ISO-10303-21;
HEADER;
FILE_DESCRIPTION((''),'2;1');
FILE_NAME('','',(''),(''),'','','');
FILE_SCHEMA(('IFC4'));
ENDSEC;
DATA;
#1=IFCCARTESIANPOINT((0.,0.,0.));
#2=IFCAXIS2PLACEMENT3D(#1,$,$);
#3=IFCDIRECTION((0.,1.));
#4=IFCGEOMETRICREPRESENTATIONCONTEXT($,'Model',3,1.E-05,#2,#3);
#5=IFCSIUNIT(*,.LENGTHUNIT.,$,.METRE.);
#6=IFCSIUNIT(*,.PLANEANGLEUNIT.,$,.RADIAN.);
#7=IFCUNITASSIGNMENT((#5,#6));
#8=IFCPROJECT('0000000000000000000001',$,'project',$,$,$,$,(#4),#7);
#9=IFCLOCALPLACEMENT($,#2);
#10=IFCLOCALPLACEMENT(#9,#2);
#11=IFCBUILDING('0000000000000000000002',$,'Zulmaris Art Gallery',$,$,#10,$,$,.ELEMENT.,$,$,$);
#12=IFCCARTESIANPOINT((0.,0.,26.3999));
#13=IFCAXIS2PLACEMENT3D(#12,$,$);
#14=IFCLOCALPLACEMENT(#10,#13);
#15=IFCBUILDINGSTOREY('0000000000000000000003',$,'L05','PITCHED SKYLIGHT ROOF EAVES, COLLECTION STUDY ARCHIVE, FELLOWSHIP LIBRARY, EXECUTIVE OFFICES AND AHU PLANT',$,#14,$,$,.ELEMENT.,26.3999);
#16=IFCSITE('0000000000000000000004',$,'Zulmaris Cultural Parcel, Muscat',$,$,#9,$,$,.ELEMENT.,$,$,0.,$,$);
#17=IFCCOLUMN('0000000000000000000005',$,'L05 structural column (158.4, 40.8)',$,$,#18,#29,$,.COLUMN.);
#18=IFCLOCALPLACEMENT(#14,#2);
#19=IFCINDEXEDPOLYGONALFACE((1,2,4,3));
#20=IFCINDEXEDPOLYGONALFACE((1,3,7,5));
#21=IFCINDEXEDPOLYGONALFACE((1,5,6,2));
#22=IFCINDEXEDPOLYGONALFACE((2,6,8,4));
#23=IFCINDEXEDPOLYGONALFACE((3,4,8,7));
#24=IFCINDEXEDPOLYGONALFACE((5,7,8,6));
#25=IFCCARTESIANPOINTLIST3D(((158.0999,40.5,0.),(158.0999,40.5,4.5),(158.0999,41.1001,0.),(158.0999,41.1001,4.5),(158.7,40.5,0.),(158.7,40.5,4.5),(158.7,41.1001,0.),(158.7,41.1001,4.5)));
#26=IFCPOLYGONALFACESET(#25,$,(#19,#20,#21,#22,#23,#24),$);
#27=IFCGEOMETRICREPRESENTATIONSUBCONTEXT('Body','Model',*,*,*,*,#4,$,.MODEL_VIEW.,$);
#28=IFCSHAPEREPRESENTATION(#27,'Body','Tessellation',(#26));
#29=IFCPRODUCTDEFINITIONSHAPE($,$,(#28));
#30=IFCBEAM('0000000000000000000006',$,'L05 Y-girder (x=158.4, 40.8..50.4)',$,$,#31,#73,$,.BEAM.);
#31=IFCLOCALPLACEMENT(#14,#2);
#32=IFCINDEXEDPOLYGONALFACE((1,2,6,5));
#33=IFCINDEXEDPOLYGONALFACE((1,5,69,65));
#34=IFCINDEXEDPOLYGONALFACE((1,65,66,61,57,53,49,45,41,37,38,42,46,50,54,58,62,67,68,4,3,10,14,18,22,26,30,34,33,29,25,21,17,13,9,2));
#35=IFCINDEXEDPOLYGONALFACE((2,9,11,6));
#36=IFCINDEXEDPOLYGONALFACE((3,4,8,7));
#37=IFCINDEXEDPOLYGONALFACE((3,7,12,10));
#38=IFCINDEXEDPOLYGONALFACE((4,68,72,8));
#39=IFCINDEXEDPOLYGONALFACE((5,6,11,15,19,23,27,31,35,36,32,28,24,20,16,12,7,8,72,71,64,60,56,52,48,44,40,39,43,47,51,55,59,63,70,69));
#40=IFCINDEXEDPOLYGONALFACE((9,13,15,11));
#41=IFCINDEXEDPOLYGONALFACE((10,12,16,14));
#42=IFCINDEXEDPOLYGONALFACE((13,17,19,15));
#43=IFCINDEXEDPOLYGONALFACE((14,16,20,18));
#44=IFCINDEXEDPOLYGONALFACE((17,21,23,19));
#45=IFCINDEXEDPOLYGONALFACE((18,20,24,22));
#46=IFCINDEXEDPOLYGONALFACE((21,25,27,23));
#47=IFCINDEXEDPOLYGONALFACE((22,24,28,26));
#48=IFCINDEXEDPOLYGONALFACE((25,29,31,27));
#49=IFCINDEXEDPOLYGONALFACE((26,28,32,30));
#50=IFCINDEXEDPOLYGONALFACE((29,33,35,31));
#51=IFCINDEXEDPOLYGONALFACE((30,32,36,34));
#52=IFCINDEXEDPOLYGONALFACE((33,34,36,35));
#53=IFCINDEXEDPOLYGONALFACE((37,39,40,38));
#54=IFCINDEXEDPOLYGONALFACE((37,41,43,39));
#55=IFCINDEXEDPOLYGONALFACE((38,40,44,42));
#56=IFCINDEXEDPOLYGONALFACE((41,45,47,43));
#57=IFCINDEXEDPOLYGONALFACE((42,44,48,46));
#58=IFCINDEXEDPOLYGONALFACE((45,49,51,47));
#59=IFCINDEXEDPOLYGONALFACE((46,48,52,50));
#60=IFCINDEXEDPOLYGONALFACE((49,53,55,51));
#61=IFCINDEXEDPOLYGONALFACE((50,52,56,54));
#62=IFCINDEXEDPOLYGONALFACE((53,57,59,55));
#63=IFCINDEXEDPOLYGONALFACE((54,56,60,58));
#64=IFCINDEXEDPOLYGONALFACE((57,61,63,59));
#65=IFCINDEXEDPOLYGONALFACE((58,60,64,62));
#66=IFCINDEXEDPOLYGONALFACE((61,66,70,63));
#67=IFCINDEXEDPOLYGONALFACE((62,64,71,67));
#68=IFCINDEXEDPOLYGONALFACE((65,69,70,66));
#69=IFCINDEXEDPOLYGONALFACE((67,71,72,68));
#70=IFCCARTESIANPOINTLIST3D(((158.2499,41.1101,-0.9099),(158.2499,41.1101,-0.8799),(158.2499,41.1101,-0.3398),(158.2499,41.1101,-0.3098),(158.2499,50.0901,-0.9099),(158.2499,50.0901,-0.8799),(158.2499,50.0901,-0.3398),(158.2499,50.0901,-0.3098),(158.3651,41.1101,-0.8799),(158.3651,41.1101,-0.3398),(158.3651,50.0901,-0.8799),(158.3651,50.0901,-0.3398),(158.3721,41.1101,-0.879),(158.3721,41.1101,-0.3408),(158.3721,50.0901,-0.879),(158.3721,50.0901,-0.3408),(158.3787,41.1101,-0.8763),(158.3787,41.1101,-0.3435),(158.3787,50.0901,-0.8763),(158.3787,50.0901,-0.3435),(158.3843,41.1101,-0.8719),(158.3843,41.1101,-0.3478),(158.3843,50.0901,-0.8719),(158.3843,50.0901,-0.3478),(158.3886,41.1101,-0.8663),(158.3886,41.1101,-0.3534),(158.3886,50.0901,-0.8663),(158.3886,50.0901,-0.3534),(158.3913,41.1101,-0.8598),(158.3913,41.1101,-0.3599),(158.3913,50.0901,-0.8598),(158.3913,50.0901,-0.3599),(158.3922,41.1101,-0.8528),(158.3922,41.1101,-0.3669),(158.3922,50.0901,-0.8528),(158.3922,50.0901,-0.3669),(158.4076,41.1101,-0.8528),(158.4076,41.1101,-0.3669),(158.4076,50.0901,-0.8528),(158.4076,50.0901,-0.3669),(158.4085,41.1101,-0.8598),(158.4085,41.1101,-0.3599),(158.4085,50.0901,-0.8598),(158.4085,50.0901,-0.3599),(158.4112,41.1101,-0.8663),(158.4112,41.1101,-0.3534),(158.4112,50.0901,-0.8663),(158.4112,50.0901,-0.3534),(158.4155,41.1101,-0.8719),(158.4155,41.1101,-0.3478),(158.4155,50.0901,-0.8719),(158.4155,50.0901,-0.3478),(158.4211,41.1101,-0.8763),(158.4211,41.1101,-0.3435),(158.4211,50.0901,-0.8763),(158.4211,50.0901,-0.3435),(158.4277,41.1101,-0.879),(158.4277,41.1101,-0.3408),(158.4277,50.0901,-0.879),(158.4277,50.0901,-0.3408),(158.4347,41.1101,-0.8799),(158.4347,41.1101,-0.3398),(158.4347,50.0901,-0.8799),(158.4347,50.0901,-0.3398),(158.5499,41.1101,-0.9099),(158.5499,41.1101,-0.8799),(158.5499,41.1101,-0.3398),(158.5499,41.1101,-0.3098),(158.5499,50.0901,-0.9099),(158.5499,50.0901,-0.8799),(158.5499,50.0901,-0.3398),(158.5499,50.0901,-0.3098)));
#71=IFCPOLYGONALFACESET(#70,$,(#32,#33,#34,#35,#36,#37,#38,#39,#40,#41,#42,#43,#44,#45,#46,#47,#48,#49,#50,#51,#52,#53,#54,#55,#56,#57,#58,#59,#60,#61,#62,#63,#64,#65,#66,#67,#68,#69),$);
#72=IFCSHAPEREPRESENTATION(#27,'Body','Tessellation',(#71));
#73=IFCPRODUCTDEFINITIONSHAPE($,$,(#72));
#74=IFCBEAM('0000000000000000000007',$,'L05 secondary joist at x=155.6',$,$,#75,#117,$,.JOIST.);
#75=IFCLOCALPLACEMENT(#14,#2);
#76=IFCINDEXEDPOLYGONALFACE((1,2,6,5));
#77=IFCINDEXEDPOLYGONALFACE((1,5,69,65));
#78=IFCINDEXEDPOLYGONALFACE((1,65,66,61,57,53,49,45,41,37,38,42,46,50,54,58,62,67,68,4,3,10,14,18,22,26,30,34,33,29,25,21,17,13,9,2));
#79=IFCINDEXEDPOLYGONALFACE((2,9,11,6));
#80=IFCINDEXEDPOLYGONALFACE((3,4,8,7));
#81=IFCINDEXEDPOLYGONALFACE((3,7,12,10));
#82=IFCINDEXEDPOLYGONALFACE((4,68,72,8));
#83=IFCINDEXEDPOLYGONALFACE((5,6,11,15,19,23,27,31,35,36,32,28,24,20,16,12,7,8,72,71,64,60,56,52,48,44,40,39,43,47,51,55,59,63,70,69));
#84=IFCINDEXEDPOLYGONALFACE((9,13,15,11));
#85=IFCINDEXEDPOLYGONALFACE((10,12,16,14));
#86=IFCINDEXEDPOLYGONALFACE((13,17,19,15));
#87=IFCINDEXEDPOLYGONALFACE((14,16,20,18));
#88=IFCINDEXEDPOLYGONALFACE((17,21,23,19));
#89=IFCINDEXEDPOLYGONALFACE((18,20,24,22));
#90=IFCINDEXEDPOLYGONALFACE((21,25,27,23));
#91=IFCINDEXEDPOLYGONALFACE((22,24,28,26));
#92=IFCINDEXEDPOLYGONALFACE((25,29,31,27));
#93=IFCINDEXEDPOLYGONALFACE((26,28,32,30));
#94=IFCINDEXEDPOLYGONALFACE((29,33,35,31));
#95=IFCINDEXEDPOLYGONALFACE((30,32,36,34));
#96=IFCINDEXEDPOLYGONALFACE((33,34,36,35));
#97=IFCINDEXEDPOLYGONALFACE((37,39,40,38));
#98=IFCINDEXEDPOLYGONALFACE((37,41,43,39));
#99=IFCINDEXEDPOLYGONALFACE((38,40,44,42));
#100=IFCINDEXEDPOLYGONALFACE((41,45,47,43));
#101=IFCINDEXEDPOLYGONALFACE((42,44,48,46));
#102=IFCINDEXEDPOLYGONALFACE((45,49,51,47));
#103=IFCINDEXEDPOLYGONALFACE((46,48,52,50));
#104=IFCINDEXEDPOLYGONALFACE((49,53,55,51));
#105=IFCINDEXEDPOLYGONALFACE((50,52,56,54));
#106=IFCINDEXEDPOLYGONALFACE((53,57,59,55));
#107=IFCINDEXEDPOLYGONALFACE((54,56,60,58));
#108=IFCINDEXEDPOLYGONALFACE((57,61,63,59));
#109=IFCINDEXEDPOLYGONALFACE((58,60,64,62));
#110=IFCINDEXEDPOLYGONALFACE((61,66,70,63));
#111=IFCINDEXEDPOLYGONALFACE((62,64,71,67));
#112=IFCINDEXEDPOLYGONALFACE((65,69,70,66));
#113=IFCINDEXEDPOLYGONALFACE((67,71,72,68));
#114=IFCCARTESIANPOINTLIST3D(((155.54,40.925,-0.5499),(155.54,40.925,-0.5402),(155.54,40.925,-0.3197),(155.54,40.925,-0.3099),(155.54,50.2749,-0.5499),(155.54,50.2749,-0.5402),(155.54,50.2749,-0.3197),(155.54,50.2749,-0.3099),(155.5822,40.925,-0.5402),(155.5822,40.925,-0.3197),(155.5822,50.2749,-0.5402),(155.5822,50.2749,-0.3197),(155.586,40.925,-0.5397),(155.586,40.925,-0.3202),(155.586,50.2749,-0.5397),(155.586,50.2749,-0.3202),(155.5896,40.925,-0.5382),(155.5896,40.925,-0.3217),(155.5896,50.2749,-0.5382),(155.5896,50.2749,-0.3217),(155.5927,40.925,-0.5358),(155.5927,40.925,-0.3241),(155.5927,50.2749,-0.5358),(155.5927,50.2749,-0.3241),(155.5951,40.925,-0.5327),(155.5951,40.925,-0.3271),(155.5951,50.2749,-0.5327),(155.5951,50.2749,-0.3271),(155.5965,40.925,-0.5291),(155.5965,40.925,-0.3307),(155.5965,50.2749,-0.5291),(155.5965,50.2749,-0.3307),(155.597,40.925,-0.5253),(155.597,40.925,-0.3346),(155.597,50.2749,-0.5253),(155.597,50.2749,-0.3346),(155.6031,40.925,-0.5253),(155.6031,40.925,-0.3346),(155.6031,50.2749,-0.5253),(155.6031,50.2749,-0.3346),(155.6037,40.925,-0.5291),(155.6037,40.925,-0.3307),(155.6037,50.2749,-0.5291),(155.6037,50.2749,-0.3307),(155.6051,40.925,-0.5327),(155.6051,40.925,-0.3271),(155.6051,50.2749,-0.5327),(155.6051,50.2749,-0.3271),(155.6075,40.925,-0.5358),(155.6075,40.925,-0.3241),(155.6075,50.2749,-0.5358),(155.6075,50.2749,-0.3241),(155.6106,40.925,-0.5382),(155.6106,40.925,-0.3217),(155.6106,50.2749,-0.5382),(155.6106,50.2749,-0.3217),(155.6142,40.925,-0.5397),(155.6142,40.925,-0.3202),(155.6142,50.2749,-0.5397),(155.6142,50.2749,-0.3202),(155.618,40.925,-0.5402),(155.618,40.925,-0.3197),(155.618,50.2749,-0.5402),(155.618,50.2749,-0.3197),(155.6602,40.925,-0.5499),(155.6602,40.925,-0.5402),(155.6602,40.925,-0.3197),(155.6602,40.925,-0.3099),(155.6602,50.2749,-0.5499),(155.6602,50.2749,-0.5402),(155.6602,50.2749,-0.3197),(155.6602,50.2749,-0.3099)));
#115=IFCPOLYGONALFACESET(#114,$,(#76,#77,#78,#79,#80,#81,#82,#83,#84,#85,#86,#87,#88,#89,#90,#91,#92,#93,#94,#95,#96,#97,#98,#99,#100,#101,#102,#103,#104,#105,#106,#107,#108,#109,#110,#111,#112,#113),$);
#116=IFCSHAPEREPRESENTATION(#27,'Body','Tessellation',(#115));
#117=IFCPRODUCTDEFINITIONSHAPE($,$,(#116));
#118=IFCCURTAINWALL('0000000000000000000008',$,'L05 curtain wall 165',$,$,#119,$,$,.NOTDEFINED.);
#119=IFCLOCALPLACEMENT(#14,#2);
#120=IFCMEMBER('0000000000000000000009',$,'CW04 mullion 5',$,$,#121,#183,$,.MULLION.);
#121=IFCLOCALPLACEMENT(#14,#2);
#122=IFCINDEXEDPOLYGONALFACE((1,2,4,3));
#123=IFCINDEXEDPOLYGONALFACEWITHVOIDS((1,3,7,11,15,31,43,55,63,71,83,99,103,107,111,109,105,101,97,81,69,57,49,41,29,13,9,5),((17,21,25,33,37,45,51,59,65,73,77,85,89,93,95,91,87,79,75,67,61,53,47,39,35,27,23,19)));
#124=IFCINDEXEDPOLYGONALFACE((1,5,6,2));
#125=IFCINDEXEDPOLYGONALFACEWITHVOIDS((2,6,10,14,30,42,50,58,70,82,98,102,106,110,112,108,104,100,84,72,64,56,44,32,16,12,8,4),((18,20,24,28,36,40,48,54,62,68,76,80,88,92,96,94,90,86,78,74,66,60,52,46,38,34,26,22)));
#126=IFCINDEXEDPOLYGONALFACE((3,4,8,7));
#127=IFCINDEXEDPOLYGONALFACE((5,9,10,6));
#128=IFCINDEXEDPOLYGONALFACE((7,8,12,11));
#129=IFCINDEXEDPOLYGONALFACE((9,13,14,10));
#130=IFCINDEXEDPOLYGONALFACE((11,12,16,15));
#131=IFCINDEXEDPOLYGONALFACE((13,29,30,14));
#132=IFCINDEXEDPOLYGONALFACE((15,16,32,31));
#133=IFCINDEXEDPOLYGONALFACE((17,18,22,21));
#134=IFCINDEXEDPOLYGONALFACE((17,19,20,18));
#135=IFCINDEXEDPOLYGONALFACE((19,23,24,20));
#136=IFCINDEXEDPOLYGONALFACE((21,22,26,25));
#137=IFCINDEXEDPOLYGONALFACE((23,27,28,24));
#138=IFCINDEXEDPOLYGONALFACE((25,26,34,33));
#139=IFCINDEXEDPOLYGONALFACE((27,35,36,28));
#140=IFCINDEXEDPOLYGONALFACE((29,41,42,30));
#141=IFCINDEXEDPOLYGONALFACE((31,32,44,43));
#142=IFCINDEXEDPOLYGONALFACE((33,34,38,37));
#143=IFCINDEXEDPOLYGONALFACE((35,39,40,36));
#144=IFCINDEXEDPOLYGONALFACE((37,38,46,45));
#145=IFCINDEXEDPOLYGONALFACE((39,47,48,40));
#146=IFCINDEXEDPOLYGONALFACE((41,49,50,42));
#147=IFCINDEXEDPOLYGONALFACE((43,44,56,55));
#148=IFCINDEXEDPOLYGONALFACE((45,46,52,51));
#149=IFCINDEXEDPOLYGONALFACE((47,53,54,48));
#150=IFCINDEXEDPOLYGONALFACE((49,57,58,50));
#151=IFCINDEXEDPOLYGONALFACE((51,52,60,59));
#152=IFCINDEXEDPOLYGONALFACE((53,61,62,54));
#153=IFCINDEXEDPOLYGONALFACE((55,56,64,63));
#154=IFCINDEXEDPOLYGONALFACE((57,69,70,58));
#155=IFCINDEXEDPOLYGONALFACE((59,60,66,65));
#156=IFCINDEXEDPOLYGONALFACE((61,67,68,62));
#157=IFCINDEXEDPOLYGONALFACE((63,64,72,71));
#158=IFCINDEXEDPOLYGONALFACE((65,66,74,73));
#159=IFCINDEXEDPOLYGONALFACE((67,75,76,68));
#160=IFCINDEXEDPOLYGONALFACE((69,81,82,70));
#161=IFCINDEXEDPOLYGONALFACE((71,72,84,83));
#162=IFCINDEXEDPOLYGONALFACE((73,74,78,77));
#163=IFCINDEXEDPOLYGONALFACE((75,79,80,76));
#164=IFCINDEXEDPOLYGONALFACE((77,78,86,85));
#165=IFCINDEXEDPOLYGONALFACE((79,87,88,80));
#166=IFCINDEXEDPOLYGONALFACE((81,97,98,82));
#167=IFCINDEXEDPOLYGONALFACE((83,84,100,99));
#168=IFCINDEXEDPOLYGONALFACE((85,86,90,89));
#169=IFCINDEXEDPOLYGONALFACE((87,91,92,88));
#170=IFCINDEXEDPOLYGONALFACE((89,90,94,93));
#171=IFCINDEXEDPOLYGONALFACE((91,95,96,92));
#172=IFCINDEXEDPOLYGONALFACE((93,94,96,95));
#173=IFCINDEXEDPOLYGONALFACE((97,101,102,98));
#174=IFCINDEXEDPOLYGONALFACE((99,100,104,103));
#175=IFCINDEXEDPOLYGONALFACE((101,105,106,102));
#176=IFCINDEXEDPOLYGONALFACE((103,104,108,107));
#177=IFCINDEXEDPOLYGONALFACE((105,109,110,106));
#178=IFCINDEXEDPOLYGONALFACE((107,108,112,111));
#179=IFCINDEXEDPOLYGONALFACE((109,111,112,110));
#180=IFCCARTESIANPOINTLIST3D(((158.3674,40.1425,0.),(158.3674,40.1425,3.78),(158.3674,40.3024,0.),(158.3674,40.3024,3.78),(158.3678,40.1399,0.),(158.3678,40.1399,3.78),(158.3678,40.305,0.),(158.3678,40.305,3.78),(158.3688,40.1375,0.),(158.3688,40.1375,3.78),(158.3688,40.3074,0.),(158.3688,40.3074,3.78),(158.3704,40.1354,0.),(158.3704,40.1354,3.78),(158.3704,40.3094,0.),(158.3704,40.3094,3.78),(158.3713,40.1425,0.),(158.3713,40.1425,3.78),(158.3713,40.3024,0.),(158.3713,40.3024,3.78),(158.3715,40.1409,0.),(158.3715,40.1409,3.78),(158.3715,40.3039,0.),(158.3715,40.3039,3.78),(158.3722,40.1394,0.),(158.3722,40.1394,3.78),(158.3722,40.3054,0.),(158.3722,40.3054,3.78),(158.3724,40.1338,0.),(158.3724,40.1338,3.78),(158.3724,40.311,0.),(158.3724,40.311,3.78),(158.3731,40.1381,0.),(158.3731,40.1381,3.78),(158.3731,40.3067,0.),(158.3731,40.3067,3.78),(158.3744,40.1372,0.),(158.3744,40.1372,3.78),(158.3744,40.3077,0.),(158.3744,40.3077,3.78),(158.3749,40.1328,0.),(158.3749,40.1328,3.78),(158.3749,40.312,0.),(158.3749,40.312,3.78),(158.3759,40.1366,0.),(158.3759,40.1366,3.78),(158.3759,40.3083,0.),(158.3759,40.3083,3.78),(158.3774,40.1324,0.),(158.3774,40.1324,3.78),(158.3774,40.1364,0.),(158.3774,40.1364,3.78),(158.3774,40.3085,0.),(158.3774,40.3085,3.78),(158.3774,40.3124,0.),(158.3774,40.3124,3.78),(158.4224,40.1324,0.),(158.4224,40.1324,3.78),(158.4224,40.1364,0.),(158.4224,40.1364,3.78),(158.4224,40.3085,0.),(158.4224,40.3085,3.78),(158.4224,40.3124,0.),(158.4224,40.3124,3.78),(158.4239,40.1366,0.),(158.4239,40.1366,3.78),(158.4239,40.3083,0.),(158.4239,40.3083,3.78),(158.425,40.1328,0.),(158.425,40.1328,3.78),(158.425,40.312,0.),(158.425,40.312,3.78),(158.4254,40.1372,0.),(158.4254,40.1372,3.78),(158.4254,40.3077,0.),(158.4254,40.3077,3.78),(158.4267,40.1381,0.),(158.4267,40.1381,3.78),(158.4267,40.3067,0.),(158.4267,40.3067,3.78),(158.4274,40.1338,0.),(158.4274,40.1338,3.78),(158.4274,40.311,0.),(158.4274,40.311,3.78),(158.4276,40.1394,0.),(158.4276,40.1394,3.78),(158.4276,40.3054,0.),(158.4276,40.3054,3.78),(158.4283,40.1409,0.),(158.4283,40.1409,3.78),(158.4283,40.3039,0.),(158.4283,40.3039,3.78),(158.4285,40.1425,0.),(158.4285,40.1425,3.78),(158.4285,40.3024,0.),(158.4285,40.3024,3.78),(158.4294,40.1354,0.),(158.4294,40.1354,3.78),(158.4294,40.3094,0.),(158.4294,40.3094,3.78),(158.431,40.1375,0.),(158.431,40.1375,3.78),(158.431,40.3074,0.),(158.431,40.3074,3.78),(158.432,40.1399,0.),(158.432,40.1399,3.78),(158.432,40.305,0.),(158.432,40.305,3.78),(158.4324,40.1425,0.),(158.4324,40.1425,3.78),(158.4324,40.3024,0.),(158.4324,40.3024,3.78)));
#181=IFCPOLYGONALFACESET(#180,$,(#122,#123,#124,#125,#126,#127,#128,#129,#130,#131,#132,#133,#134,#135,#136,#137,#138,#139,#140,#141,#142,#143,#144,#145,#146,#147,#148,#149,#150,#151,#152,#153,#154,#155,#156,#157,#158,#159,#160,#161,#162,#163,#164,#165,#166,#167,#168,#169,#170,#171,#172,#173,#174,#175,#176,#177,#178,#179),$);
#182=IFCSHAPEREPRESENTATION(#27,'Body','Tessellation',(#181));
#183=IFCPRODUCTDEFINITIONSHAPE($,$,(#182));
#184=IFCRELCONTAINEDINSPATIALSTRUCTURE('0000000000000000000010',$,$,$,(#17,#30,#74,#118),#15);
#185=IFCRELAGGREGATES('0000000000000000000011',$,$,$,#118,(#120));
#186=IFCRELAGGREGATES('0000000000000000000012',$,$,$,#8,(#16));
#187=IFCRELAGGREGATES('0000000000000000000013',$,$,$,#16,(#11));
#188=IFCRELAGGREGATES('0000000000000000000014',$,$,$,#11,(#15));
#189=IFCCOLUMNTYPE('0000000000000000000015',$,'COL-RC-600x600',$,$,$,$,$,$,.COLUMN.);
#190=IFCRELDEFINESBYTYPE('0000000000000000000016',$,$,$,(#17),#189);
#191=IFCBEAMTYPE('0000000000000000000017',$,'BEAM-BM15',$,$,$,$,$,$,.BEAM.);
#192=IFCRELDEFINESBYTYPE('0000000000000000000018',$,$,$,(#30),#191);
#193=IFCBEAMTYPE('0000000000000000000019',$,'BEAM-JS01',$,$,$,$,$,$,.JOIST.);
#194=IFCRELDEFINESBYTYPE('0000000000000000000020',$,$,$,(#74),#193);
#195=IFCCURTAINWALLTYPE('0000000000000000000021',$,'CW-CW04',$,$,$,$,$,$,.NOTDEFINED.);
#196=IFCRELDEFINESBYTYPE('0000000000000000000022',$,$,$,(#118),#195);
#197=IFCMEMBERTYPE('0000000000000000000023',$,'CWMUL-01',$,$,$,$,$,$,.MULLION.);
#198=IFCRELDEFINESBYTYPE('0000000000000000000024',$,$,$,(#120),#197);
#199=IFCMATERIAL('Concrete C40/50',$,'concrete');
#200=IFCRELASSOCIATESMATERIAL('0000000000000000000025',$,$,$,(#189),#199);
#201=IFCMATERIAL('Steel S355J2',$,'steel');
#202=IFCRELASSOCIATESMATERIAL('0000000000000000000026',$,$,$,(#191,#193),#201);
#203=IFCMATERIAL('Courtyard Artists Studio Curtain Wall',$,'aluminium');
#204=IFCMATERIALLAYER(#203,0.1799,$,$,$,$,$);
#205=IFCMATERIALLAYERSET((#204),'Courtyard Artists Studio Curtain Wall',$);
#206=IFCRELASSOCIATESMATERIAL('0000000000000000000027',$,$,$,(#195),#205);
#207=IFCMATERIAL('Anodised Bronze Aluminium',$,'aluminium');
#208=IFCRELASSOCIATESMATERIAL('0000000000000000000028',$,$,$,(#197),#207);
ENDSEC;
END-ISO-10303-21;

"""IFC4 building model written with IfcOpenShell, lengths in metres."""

from ifc_helpers import new_model, si_unit, direction, frame, origin, origin_2d, place, context, subcontext, project, spatial, rectangle, hollow_rectangle, i_section, extrude, material, layer, layer_set, material_profile, profile_set, type_object, element, aggregate, save


model = new_model("IFC4")

# Units and contexts
model_context = context("Model", 3, precision=1e-05, world=origin(), true_north=direction((0.0, 1.0)))
body_context = subcontext(model_context, "Body", "Model", "MODEL_VIEW")
ifc_project = project(units=[si_unit("LENGTHUNIT", "METRE"), si_unit("PLANEANGLEUNIT", "RADIAN")], contexts=[model_context])

# Site, building, storey
site_placement = place(None, origin())
site = spatial("IfcSite", under=ifc_project, at=site_placement, Name="Zulmaris Cultural Parcel, Muscat", CompositionType="ELEMENT", RefElevation=0.0)
building_placement = place(site_placement, origin())
building = spatial("IfcBuilding", under=site, at=building_placement, Name="Zulmaris Art Gallery", CompositionType="ELEMENT")
storey_placement = place(building_placement, frame((0.0, 0.0, 26.3999)))
storey = spatial("IfcBuildingStorey", under=building, at=storey_placement, Name="L05", Description="PITCHED SKYLIGHT ROOF EAVES, COLLECTION STUDY ARCHIVE, FELLOWSHIP LIBRARY, EXECUTIVE OFFICES AND AHU PLANT", CompositionType="ELEMENT", Elevation=26.3999)

# Column
ifc_material_1 = material(Name="Concrete C40/50", Category="concrete")
ifc_material_profile_1 = material_profile(ifc_material_1, rectangle(XDim=0.6001, YDim=0.6001, at=origin_2d()), Name="RC 600x600")
ifc_profile_set_1 = profile_set([ifc_material_profile_1], Name="Concrete C40/50")
column_type = type_object("IfcColumnType", Name="COL-RC-600x600", PredefinedType="COLUMN", material=ifc_profile_set_1)
column_placement = place(storey_placement, frame((158.3999, 40.8, 0.0), z_axis=(0.0, 0.0, 1.0), x_axis=(1.0, 0.0, 0.0)))
element("IfcColumn", 1, at=column_placement, inside=storey, type_object=column_type, Name="L05 structural column (158.4, 40.8)", PredefinedType="COLUMN", context=body_context, shape_type="SweptSolid", body=[
    extrude(rectangle(XDim=0.6001, YDim=0.6001, at=origin_2d()), origin(), (0.0, 0.0, 1.0), 4.5),
])

# Beams
ifc_material_2 = material(Name="Steel S355J2", Category="steel")
ifc_material_profile_2 = material_profile(ifc_material_2, i_section(OverallWidth=0.3, OverallDepth=0.6001, WebThickness=0.0154, FlangeThickness=0.03, FilletRadius=0.0271, at=origin_2d()), Name="HEB 600")
ifc_profile_set_2 = profile_set([ifc_material_profile_2], Name="Steel S355J2")
beam_type_1 = type_object("IfcBeamType", Name="BEAM-BM15", PredefinedType="BEAM", material=ifc_profile_set_2)
beam_1_placement = place(storey_placement, frame((158.3999, 41.1101, -0.6099), z_axis=(0.0, 1.0, 0.0), x_axis=(-1.0, 0.0, 0.0)))
element("IfcBeam", 2, at=beam_1_placement, inside=storey, type_object=beam_type_1, Name="L05 Y-girder (x=158.4, 40.8..50.4)", PredefinedType="BEAM", context=body_context, shape_type="SweptSolid", body=[
    extrude(i_section(OverallWidth=0.3, OverallDepth=0.6001, WebThickness=0.0154, FlangeThickness=0.03, FilletRadius=0.0271, at=origin_2d()), origin(), (0.0, 0.0, 1.0), 8.98),
])
ifc_material_profile_3 = material_profile(ifc_material_2, i_section(OverallWidth=0.1201, OverallDepth=0.24, WebThickness=0.0061, FlangeThickness=0.0098, FilletRadius=0.0149, at=origin_2d()), Name="IPE 240")
ifc_profile_set_3 = profile_set([ifc_material_profile_3], Name="Steel S355J2")
beam_type_2 = type_object("IfcBeamType", Name="BEAM-JS01", PredefinedType="JOIST", material=ifc_profile_set_3)
beam_2_placement = place(storey_placement, frame((155.6001, 40.925, -0.4299), z_axis=(0.0, 1.0, 0.0), x_axis=(-1.0, 0.0, 0.0)))
element("IfcBeam", 3, at=beam_2_placement, inside=storey, type_object=beam_type_2, Name="L05 secondary joist at x=155.6", PredefinedType="JOIST", context=body_context, shape_type="SweptSolid", body=[
    extrude(i_section(OverallWidth=0.1201, OverallDepth=0.24, WebThickness=0.0061, FlangeThickness=0.0098, FilletRadius=0.0149, at=origin_2d()), origin(), (0.0, 0.0, 1.0), 9.3499),
])

# Curtain wall, member
ifc_material_3 = material(Name="Courtyard Artists Studio Curtain Wall", Category="aluminium")
ifc_layer_1 = layer(ifc_material_3, 0.1799)
ifc_layer_set_1 = layer_set([ifc_layer_1], Name="Courtyard Artists Studio Curtain Wall")
curtain_wall_type = type_object("IfcCurtainWallType", Name="CW-CW04", PredefinedType="NOTDEFINED", material=ifc_layer_set_1)
curtain_wall_1_placement = place(storey_placement, origin())
curtain_wall_1 = element("IfcCurtainWall", 4, at=curtain_wall_1_placement, inside=storey, type_object=curtain_wall_type, Name="L05 curtain wall 165", PredefinedType="NOTDEFINED")
ifc_material_4 = material(Name="Anodised Bronze Aluminium", Category="aluminium")
ifc_material_profile_4 = material_profile(ifc_material_4, hollow_rectangle(XDim=0.0649, YDim=0.1799, WallThickness=0.0039, InnerFilletRadius=0.0061, OuterFilletRadius=0.01, at=origin_2d()), Name="ALU 65x180x4")
ifc_profile_set_4 = profile_set([ifc_material_profile_4], Name="Anodised Bronze Aluminium")
member_type_1 = type_object("IfcMemberType", Name="CWMUL-01", PredefinedType="MULLION", material=ifc_profile_set_4)
member_1_placement = place(storey_placement, frame((158.3999, 40.2224, 0.0), z_axis=(0.0, 0.0, 1.0), x_axis=(-1.0, 0.0, 0.0)))
member_1 = element("IfcMember", 5, at=member_1_placement, type_object=member_type_1, Name="CW04 mullion 5", PredefinedType="MULLION", context=body_context, shape_type="SweptSolid", body=[
    extrude(hollow_rectangle(XDim=0.0649, YDim=0.1799, WallThickness=0.0039, InnerFilletRadius=0.0061, OuterFilletRadius=0.01, at=origin_2d()), origin(), (0.0, 0.0, 1.0), 3.78),
])

aggregate(curtain_wall_1, [member_1])

save(model, "model.ifc")
